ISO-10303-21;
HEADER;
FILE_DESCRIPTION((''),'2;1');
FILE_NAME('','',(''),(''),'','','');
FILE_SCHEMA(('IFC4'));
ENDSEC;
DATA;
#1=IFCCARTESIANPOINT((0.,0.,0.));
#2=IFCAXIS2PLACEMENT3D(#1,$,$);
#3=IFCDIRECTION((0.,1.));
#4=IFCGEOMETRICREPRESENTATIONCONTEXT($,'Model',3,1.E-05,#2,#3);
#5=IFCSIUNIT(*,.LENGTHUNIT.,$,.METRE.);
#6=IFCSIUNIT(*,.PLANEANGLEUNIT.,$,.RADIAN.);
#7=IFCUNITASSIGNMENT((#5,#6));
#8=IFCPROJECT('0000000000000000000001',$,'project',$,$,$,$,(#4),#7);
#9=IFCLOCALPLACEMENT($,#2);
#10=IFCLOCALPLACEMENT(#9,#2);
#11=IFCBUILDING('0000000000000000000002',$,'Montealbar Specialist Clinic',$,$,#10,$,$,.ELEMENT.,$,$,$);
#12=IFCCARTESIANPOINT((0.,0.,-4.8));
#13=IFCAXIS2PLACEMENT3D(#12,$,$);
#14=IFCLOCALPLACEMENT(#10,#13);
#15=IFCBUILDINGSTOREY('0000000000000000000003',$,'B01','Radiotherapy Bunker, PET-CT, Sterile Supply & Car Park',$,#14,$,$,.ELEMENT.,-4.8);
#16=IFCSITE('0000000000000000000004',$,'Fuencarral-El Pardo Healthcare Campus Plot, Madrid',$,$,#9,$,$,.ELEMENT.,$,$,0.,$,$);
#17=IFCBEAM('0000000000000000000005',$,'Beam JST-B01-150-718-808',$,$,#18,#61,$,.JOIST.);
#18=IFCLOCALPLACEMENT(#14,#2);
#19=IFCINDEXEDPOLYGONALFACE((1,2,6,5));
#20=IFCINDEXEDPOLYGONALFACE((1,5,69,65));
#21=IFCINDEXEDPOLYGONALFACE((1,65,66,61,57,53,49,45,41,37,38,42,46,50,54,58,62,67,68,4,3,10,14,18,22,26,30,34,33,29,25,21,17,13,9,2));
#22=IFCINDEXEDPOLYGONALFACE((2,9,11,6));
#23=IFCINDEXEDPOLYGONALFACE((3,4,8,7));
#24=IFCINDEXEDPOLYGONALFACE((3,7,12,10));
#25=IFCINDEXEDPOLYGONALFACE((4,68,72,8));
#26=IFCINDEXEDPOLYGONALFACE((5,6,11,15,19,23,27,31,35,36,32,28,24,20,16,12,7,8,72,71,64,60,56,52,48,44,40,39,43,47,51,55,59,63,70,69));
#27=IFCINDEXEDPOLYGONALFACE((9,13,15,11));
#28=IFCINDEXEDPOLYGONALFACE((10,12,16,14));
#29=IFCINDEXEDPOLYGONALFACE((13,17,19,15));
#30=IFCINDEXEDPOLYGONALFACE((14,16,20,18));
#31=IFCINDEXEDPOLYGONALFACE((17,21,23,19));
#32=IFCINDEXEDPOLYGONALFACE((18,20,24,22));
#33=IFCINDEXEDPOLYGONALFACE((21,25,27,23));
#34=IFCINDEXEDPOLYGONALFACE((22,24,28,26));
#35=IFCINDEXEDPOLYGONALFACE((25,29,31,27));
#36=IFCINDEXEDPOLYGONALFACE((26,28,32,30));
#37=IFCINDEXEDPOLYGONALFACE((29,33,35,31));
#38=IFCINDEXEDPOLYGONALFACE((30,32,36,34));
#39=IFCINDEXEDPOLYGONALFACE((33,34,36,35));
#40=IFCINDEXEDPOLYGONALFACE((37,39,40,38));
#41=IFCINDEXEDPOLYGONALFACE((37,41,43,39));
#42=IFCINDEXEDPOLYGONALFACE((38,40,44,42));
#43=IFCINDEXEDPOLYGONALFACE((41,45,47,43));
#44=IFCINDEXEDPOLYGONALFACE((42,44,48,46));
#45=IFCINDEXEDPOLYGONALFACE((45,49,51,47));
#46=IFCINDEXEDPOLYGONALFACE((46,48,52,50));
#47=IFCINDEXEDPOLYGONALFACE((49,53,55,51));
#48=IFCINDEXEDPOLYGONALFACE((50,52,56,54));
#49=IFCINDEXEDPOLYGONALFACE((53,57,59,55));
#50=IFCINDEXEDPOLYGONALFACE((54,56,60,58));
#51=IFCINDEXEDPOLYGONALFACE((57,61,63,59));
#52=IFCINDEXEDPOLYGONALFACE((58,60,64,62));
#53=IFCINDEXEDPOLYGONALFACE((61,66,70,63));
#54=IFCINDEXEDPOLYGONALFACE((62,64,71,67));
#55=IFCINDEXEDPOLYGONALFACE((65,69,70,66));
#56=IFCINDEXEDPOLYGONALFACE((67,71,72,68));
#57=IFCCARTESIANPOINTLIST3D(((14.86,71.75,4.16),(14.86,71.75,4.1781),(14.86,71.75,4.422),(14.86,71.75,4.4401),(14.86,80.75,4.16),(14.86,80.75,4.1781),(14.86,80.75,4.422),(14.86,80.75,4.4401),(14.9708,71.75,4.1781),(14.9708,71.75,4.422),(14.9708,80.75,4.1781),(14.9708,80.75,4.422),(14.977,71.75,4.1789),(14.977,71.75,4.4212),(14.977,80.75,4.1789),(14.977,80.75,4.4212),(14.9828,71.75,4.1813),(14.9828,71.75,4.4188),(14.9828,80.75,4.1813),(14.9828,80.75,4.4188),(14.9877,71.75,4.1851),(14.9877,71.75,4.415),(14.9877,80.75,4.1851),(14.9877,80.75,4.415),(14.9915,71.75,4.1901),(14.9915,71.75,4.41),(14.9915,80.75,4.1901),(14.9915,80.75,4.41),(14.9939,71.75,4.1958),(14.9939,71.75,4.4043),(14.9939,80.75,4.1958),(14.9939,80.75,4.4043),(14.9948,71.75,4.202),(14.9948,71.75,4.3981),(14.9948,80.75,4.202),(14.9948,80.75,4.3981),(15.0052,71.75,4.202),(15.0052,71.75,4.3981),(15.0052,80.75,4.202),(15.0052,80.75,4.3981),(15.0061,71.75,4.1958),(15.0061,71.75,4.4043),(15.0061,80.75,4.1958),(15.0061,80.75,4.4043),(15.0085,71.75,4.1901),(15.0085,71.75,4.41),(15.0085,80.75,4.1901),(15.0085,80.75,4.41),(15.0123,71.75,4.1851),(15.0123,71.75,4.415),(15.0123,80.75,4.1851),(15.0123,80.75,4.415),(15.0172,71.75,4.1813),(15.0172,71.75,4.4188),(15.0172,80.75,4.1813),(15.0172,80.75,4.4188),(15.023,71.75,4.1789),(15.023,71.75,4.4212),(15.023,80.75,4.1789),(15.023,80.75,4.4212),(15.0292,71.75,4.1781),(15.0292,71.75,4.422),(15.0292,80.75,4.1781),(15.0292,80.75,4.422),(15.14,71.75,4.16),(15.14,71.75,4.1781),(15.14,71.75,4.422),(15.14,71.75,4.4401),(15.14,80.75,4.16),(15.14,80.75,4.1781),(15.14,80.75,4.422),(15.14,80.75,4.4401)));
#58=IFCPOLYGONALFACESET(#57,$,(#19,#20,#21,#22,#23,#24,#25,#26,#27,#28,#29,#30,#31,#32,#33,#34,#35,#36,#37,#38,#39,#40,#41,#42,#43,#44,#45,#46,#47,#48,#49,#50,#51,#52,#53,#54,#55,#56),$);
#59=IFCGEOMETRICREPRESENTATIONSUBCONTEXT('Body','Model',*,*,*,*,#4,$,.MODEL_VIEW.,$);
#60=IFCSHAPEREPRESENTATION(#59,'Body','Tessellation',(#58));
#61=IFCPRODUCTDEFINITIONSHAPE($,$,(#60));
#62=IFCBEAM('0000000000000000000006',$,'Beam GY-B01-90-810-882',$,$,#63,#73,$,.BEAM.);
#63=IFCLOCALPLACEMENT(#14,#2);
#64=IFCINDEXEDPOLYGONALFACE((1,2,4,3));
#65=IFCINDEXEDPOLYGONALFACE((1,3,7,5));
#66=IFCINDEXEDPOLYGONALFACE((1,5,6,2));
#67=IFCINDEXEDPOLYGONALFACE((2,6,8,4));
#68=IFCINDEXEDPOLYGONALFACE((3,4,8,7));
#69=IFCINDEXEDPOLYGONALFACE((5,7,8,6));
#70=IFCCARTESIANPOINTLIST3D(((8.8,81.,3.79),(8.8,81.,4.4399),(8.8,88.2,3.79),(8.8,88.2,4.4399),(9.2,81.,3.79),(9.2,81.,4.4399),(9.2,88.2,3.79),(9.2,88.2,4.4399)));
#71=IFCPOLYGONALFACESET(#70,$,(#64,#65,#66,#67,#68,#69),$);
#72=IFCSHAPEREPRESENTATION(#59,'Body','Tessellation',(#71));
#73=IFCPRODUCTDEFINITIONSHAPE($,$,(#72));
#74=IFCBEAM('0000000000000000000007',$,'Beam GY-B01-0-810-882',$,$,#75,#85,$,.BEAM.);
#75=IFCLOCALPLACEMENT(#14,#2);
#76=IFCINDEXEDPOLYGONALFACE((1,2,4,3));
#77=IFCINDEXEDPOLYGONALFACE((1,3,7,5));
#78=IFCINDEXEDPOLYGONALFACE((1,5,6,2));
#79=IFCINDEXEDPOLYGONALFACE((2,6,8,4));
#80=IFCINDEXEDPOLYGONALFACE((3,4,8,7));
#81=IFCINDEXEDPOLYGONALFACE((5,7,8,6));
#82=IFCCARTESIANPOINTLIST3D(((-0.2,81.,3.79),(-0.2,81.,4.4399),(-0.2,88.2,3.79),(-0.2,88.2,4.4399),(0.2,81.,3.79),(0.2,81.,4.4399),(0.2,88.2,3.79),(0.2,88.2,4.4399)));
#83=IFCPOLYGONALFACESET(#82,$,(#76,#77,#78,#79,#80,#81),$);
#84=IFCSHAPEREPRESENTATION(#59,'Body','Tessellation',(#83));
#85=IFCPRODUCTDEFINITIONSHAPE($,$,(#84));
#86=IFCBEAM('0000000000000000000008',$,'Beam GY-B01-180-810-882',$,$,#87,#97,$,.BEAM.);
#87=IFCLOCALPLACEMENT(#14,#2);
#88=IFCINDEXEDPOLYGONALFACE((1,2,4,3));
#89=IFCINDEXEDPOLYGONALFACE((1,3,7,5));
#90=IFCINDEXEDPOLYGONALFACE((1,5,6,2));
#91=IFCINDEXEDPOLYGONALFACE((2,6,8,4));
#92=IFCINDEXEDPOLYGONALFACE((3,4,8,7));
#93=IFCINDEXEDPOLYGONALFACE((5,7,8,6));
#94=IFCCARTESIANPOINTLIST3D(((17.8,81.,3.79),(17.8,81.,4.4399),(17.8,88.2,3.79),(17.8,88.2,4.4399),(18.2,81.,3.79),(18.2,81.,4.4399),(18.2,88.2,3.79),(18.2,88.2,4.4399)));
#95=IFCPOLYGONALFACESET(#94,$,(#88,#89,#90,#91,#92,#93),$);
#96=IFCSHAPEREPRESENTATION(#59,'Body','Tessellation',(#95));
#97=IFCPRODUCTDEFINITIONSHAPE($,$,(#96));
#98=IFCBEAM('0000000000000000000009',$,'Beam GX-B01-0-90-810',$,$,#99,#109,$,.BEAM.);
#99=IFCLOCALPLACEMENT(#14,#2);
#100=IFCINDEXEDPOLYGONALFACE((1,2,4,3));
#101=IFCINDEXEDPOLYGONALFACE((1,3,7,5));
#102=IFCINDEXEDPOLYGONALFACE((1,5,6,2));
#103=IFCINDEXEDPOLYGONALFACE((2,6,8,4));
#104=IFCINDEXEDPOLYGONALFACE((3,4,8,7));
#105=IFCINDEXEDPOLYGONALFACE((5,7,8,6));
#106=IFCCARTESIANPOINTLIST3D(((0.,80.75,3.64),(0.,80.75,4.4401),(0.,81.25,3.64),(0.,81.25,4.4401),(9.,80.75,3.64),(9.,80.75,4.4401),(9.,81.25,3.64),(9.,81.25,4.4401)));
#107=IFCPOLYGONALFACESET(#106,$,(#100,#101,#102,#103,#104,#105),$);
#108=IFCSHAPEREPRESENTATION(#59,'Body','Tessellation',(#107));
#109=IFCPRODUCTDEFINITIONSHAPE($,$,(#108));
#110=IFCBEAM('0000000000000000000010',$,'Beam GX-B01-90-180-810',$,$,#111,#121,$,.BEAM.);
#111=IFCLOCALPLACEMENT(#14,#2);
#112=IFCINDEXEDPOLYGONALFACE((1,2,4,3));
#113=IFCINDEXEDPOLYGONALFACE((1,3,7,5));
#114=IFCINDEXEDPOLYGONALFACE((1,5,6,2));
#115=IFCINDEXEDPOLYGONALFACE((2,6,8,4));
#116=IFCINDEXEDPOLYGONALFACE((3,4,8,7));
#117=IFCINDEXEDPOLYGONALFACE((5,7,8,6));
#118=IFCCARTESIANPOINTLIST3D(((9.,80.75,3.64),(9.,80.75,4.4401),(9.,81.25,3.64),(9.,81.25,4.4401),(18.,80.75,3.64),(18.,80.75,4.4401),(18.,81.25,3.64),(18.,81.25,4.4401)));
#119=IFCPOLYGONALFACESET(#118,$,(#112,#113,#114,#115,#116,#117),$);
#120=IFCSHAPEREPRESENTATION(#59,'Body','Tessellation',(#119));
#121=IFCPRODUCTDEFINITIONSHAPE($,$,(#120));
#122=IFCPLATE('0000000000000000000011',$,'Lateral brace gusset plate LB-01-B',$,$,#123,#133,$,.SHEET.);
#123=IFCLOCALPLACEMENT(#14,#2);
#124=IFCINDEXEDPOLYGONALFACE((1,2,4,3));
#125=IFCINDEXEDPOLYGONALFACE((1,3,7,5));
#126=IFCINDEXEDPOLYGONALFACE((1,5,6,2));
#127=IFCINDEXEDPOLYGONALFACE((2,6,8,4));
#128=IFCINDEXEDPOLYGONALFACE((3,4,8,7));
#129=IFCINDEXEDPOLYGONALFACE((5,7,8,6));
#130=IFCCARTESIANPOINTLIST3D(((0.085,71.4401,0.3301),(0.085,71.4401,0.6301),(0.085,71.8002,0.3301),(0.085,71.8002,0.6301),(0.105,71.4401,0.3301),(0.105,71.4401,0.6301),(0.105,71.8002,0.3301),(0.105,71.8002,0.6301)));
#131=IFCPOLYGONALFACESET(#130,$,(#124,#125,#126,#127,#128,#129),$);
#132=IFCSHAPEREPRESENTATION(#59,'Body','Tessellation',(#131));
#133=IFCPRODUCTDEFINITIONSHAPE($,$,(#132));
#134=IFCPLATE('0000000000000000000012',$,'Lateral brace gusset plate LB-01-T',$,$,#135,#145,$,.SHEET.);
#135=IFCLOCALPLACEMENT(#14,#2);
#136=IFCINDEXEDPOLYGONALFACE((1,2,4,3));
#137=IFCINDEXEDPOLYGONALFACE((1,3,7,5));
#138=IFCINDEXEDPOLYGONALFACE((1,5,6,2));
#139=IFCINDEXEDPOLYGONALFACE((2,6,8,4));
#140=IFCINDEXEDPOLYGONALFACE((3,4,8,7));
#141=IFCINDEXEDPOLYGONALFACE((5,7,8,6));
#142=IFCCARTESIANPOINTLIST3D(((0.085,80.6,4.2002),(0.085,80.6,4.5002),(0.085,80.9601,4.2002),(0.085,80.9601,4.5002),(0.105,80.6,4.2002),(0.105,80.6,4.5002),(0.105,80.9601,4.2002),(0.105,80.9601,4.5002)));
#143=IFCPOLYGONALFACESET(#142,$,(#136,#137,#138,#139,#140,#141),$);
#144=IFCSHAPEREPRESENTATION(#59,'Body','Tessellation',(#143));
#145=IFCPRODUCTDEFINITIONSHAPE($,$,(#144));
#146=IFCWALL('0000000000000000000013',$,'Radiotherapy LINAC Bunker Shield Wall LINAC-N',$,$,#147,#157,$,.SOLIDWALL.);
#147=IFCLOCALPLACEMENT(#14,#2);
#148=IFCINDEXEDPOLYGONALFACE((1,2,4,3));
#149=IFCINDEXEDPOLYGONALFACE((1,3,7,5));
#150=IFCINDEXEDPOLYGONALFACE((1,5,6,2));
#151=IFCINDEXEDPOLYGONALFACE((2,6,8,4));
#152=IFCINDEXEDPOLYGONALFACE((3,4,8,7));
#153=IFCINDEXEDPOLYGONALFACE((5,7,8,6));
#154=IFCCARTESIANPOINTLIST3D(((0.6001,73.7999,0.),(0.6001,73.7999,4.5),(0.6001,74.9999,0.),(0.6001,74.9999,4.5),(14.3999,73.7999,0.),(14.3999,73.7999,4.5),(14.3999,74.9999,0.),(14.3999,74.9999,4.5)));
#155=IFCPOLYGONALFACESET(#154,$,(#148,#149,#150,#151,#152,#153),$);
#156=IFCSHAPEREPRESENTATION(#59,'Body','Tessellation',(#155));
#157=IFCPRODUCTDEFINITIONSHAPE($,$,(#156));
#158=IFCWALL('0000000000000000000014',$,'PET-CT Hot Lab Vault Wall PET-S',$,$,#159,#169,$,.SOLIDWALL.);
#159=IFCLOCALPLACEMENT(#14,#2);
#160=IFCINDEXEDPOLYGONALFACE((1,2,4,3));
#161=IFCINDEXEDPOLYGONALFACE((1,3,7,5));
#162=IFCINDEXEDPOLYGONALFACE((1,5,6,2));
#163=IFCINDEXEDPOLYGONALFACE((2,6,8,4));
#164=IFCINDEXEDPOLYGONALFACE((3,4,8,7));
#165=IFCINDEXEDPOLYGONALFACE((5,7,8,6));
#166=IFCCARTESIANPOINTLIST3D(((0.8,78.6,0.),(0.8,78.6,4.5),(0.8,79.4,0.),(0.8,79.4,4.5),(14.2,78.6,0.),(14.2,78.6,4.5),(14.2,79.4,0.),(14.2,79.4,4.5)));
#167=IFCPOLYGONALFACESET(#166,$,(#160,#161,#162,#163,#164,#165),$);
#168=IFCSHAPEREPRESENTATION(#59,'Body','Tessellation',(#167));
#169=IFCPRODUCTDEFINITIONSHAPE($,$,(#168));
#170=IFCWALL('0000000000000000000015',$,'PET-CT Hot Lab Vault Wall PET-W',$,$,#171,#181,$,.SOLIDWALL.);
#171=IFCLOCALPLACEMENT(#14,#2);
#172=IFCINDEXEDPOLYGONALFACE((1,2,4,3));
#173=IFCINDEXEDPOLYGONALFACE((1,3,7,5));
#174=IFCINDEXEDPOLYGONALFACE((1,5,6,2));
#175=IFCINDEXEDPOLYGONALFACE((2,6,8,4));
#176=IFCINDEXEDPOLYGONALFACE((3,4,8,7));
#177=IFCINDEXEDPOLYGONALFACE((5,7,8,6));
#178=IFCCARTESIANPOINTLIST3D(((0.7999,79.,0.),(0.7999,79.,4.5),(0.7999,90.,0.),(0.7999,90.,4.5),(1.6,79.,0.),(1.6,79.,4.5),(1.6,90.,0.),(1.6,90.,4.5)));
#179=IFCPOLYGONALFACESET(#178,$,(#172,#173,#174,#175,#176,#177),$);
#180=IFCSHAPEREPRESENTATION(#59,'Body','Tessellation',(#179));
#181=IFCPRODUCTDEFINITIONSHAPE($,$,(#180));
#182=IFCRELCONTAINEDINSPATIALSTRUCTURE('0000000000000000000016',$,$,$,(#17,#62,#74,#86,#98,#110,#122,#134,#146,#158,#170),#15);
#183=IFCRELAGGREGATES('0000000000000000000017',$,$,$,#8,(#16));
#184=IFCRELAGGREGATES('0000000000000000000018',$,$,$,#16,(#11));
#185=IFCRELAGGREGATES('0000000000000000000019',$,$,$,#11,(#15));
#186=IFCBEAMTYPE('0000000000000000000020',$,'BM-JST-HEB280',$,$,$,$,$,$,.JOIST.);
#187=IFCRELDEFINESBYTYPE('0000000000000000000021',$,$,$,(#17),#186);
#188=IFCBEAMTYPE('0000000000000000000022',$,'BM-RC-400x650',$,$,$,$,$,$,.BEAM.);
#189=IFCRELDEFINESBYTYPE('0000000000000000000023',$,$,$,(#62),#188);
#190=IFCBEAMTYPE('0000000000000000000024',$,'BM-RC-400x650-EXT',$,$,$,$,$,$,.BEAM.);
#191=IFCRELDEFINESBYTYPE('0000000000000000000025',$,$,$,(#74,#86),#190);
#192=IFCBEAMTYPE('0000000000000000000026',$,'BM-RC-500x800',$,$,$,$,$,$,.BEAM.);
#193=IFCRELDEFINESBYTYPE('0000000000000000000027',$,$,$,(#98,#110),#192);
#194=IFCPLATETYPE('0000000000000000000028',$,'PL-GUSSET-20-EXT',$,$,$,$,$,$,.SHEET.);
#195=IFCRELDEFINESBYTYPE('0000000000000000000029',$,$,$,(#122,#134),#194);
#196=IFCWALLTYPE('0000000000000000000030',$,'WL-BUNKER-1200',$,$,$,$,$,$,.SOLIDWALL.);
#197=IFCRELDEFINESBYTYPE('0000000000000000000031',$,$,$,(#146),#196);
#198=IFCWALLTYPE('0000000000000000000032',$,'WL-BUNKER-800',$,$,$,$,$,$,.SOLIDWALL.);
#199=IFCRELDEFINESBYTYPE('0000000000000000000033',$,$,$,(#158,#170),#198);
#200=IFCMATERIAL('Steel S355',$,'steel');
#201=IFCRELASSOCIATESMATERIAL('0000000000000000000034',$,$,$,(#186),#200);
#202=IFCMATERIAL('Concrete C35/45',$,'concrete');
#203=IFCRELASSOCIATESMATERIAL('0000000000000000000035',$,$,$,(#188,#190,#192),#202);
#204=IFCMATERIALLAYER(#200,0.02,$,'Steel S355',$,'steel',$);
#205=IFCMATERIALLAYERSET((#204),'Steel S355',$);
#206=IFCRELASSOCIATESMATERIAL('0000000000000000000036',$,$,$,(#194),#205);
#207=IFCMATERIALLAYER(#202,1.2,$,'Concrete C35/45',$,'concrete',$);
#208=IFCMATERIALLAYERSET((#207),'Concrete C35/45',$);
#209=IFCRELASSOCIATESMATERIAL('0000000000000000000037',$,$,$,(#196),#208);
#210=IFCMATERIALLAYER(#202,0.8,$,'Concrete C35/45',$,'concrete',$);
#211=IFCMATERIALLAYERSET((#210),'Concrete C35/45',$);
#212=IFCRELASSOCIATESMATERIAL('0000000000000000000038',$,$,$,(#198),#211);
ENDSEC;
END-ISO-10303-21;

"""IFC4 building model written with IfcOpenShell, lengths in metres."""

from ifc_helpers import new_model, si_unit, direction, frame, frame_2d, origin, origin_2d, place, context, subcontext, project, spatial, rectangle, i_section, extrude, material, layer, layer_set, material_profile, profile_set, type_object, element, save


model = new_model("IFC4")

# Units and contexts
model_context = context("Model", 3, precision=1e-05, world=origin(), true_north=direction((0.0, 1.0)))
body_context = subcontext(model_context, "Body", "Model", "MODEL_VIEW")
ifc_project = project(units=[si_unit("LENGTHUNIT", "METRE"), si_unit("PLANEANGLEUNIT", "RADIAN")], contexts=[model_context])

# Site, building, storey
site_placement = place(None, origin())
site = spatial("IfcSite", under=ifc_project, at=site_placement, Name="Fuencarral-El Pardo Healthcare Campus Plot, Madrid", CompositionType="ELEMENT", RefElevation=0.0)
building_placement = place(site_placement, origin())
building = spatial("IfcBuilding", under=site, at=building_placement, Name="Montealbar Specialist Clinic", CompositionType="ELEMENT")
storey_placement = place(building_placement, frame((0.0, 0.0, -4.8)))
storey = spatial("IfcBuildingStorey", under=building, at=storey_placement, Name="B01", Description="Radiotherapy Bunker, PET-CT, Sterile Supply & Car Park", CompositionType="ELEMENT", Elevation=-4.8)

# Shared definitions
ifc_material_1 = material(Name="Concrete C35/45", Category="concrete")

# Beams
ifc_material_2 = material(Name="Steel S355", Category="steel")
ifc_material_profile_1 = material_profile(ifc_material_2, i_section(OverallWidth=0.28, OverallDepth=0.28, WebThickness=0.0105, FlangeThickness=0.0181, FilletRadius=0.0239, at=origin_2d()), Name="HEB 280", Category="steel")
ifc_profile_set_1 = profile_set([ifc_material_profile_1], Name="Steel S355")
beam_type_1 = type_object("IfcBeamType", Name="BM-JST-HEB280", PredefinedType="JOIST", material=ifc_profile_set_1)
beam_1_placement = place(storey_placement, frame((15.0, 71.75, 4.3), z_axis=(0.0, 1.0, 0.0), x_axis=(-1.0, 0.0, 0.0)))
element("IfcBeam", 1, at=beam_1_placement, inside=storey, type_object=beam_type_1, Name="Beam JST-B01-150-718-808", PredefinedType="JOIST", context=body_context, shape_type="SweptSolid", body=[
    extrude(i_section(OverallWidth=0.28, OverallDepth=0.28, WebThickness=0.0105, FlangeThickness=0.0181, FilletRadius=0.0239, at=origin_2d()), origin(), (0.0, 0.0, 1.0), 9.0),
])
ifc_material_profile_2 = material_profile(ifc_material_1, rectangle(XDim=0.3999, YDim=0.6499, at=origin_2d()), Name="RC 400x650", Category="concrete")
ifc_profile_set_2 = profile_set([ifc_material_profile_2], Name="Concrete C35/45")
beam_type_2 = type_object("IfcBeamType", Name="BM-RC-400x650", PredefinedType="BEAM", material=ifc_profile_set_2)
beam_2_placement = place(storey_placement, frame((9.0, 81.0, 4.115), z_axis=(0.0, 1.0, 0.0), x_axis=(-1.0, 0.0, 0.0)))
element("IfcBeam", 2, at=beam_2_placement, inside=storey, type_object=beam_type_2, Name="Beam GY-B01-90-810-882", PredefinedType="BEAM", context=body_context, shape_type="SweptSolid", body=[
    extrude(rectangle(XDim=0.3999, YDim=0.6499, at=origin_2d()), origin(), (0.0, 0.0, 1.0), 7.2),
])
ifc_material_profile_3 = material_profile(ifc_material_1, rectangle(XDim=0.3999, YDim=0.6499, at=origin_2d()), Name="RC 400x650", Category="concrete")
ifc_profile_set_3 = profile_set([ifc_material_profile_3], Name="Concrete C35/45")
beam_type_3 = type_object("IfcBeamType", Name="BM-RC-400x650-EXT", PredefinedType="BEAM", material=ifc_profile_set_3)
for number, where, z_axis, x_axis, name in (
    (3, (0.0, 81.0, 4.115), (0.0, 1.0, 0.0), (-1.0, 0.0, 0.0), "Beam GY-B01-0-810-882"),
    (4, (18.0, 81.0, 4.115), (0.0, 1.0, 0.0), (-1.0, 0.0, 0.0), "Beam GY-B01-180-810-882"),
):
    element("IfcBeam", number, at=place(storey_placement, frame(where, z_axis=z_axis, x_axis=x_axis)), inside=storey, type_object=beam_type_3, Name=name, PredefinedType="BEAM", context=body_context, shape_type="SweptSolid", body=[
        extrude(rectangle(XDim=0.3999, YDim=0.6499, at=origin_2d()), origin(), (0.0, 0.0, 1.0), 7.2),
    ])
ifc_material_profile_4 = material_profile(ifc_material_1, rectangle(XDim=0.5, YDim=0.8, at=origin_2d()), Name="RC 500x800", Category="concrete")
ifc_profile_set_4 = profile_set([ifc_material_profile_4], Name="Concrete C35/45")
beam_type_4 = type_object("IfcBeamType", Name="BM-RC-500x800", PredefinedType="BEAM", material=ifc_profile_set_4)
for number, where, z_axis, x_axis, name in (
    (5, (0.0, 81.0, 4.04), (1.0, 0.0, 0.0), (0.0, 1.0, 0.0), "Beam GX-B01-0-90-810"),
    (6, (9.0, 81.0, 4.04), (1.0, 0.0, 0.0), (0.0, 1.0, 0.0), "Beam GX-B01-90-180-810"),
):
    element("IfcBeam", number, at=place(storey_placement, frame(where, z_axis=z_axis, x_axis=x_axis)), inside=storey, type_object=beam_type_4, Name=name, PredefinedType="BEAM", context=body_context, shape_type="SweptSolid", body=[
        extrude(rectangle(XDim=0.5, YDim=0.8, at=origin_2d()), origin(), (0.0, 0.0, 1.0), 9.0),
    ])

# Plates
ifc_layer_1 = layer(ifc_material_2, 0.02, Name="Steel S355", Category="steel")
ifc_layer_set_1 = layer_set([ifc_layer_1], Name="Steel S355")
plate_type = type_object("IfcPlateType", Name="PL-GUSSET-20-EXT", PredefinedType="SHEET", material=ifc_layer_set_1)
for number, where, z_axis, x_axis, name in (
    (7, (0.095, 71.6201, 0.3301), (0.0, 0.0, 1.0), (0.0, 1.0, 0.0), "Lateral brace gusset plate LB-01-B"),
    (8, (0.095, 80.78, 4.2002), (0.0, 0.0, 1.0), (0.0, 1.0, 0.0), "Lateral brace gusset plate LB-01-T"),
):
    element("IfcPlate", number, at=place(storey_placement, frame(where, z_axis=z_axis, x_axis=x_axis)), inside=storey, type_object=plate_type, Name=name, PredefinedType="SHEET", context=body_context, shape_type="SweptSolid", body=[
        extrude(rectangle(XDim=0.3601, YDim=0.02, at=origin_2d()), origin(), (0.0, 0.0, 1.0), 0.3),
    ])

# Walls
ifc_layer_2 = layer(ifc_material_1, 1.2, Name="Concrete C35/45", Category="concrete")
ifc_layer_set_2 = layer_set([ifc_layer_2], Name="Concrete C35/45")
wall_type_1 = type_object("IfcWallType", Name="WL-BUNKER-1200", PredefinedType="SOLIDWALL", material=ifc_layer_set_2)
wall_1_placement = place(storey_placement, frame((0.6001, 74.3999, 0.0), z_axis=(0.0, 0.0, 1.0), x_axis=(1.0, 0.0, 0.0)))
element("IfcWall", 9, at=wall_1_placement, inside=storey, type_object=wall_type_1, Name="Radiotherapy LINAC Bunker Shield Wall LINAC-N", PredefinedType="SOLIDWALL", context=body_context, shape_type="SweptSolid", body=[
    extrude(rectangle(XDim=13.7998, YDim=1.2, at=frame_2d((6.8999, 0.0))), origin(), (0.0, 0.0, 1.0), 4.5),
])
ifc_layer_3 = layer(ifc_material_1, 0.8, Name="Concrete C35/45", Category="concrete")
ifc_layer_set_3 = layer_set([ifc_layer_3], Name="Concrete C35/45")
wall_type_2 = type_object("IfcWallType", Name="WL-BUNKER-800", PredefinedType="SOLIDWALL", material=ifc_layer_set_3)
wall_2_placement = place(storey_placement, frame((0.8, 79.0, 0.0), z_axis=(0.0, 0.0, 1.0), x_axis=(1.0, 0.0, 0.0)))
element("IfcWall", 10, at=wall_2_placement, inside=storey, type_object=wall_type_2, Name="PET-CT Hot Lab Vault Wall PET-S", PredefinedType="SOLIDWALL", context=body_context, shape_type="SweptSolid", body=[
    extrude(rectangle(XDim=13.3999, YDim=0.8, at=frame_2d((6.7, 0.0))), origin(), (0.0, 0.0, 1.0), 4.5),
])
wall_3_placement = place(storey_placement, frame((1.2, 79.0, 0.0), z_axis=(0.0, 0.0, 1.0), x_axis=(0.0, 1.0, 0.0)))
element("IfcWall", 11, at=wall_3_placement, inside=storey, type_object=wall_type_2, Name="PET-CT Hot Lab Vault Wall PET-W", PredefinedType="SOLIDWALL", context=body_context, shape_type="SweptSolid", body=[
    extrude(rectangle(XDim=11.0, YDim=0.8, at=frame_2d((5.5, 0.0))), origin(), (0.0, 0.0, 1.0), 4.5),
])

save(model, "model.ifc")
